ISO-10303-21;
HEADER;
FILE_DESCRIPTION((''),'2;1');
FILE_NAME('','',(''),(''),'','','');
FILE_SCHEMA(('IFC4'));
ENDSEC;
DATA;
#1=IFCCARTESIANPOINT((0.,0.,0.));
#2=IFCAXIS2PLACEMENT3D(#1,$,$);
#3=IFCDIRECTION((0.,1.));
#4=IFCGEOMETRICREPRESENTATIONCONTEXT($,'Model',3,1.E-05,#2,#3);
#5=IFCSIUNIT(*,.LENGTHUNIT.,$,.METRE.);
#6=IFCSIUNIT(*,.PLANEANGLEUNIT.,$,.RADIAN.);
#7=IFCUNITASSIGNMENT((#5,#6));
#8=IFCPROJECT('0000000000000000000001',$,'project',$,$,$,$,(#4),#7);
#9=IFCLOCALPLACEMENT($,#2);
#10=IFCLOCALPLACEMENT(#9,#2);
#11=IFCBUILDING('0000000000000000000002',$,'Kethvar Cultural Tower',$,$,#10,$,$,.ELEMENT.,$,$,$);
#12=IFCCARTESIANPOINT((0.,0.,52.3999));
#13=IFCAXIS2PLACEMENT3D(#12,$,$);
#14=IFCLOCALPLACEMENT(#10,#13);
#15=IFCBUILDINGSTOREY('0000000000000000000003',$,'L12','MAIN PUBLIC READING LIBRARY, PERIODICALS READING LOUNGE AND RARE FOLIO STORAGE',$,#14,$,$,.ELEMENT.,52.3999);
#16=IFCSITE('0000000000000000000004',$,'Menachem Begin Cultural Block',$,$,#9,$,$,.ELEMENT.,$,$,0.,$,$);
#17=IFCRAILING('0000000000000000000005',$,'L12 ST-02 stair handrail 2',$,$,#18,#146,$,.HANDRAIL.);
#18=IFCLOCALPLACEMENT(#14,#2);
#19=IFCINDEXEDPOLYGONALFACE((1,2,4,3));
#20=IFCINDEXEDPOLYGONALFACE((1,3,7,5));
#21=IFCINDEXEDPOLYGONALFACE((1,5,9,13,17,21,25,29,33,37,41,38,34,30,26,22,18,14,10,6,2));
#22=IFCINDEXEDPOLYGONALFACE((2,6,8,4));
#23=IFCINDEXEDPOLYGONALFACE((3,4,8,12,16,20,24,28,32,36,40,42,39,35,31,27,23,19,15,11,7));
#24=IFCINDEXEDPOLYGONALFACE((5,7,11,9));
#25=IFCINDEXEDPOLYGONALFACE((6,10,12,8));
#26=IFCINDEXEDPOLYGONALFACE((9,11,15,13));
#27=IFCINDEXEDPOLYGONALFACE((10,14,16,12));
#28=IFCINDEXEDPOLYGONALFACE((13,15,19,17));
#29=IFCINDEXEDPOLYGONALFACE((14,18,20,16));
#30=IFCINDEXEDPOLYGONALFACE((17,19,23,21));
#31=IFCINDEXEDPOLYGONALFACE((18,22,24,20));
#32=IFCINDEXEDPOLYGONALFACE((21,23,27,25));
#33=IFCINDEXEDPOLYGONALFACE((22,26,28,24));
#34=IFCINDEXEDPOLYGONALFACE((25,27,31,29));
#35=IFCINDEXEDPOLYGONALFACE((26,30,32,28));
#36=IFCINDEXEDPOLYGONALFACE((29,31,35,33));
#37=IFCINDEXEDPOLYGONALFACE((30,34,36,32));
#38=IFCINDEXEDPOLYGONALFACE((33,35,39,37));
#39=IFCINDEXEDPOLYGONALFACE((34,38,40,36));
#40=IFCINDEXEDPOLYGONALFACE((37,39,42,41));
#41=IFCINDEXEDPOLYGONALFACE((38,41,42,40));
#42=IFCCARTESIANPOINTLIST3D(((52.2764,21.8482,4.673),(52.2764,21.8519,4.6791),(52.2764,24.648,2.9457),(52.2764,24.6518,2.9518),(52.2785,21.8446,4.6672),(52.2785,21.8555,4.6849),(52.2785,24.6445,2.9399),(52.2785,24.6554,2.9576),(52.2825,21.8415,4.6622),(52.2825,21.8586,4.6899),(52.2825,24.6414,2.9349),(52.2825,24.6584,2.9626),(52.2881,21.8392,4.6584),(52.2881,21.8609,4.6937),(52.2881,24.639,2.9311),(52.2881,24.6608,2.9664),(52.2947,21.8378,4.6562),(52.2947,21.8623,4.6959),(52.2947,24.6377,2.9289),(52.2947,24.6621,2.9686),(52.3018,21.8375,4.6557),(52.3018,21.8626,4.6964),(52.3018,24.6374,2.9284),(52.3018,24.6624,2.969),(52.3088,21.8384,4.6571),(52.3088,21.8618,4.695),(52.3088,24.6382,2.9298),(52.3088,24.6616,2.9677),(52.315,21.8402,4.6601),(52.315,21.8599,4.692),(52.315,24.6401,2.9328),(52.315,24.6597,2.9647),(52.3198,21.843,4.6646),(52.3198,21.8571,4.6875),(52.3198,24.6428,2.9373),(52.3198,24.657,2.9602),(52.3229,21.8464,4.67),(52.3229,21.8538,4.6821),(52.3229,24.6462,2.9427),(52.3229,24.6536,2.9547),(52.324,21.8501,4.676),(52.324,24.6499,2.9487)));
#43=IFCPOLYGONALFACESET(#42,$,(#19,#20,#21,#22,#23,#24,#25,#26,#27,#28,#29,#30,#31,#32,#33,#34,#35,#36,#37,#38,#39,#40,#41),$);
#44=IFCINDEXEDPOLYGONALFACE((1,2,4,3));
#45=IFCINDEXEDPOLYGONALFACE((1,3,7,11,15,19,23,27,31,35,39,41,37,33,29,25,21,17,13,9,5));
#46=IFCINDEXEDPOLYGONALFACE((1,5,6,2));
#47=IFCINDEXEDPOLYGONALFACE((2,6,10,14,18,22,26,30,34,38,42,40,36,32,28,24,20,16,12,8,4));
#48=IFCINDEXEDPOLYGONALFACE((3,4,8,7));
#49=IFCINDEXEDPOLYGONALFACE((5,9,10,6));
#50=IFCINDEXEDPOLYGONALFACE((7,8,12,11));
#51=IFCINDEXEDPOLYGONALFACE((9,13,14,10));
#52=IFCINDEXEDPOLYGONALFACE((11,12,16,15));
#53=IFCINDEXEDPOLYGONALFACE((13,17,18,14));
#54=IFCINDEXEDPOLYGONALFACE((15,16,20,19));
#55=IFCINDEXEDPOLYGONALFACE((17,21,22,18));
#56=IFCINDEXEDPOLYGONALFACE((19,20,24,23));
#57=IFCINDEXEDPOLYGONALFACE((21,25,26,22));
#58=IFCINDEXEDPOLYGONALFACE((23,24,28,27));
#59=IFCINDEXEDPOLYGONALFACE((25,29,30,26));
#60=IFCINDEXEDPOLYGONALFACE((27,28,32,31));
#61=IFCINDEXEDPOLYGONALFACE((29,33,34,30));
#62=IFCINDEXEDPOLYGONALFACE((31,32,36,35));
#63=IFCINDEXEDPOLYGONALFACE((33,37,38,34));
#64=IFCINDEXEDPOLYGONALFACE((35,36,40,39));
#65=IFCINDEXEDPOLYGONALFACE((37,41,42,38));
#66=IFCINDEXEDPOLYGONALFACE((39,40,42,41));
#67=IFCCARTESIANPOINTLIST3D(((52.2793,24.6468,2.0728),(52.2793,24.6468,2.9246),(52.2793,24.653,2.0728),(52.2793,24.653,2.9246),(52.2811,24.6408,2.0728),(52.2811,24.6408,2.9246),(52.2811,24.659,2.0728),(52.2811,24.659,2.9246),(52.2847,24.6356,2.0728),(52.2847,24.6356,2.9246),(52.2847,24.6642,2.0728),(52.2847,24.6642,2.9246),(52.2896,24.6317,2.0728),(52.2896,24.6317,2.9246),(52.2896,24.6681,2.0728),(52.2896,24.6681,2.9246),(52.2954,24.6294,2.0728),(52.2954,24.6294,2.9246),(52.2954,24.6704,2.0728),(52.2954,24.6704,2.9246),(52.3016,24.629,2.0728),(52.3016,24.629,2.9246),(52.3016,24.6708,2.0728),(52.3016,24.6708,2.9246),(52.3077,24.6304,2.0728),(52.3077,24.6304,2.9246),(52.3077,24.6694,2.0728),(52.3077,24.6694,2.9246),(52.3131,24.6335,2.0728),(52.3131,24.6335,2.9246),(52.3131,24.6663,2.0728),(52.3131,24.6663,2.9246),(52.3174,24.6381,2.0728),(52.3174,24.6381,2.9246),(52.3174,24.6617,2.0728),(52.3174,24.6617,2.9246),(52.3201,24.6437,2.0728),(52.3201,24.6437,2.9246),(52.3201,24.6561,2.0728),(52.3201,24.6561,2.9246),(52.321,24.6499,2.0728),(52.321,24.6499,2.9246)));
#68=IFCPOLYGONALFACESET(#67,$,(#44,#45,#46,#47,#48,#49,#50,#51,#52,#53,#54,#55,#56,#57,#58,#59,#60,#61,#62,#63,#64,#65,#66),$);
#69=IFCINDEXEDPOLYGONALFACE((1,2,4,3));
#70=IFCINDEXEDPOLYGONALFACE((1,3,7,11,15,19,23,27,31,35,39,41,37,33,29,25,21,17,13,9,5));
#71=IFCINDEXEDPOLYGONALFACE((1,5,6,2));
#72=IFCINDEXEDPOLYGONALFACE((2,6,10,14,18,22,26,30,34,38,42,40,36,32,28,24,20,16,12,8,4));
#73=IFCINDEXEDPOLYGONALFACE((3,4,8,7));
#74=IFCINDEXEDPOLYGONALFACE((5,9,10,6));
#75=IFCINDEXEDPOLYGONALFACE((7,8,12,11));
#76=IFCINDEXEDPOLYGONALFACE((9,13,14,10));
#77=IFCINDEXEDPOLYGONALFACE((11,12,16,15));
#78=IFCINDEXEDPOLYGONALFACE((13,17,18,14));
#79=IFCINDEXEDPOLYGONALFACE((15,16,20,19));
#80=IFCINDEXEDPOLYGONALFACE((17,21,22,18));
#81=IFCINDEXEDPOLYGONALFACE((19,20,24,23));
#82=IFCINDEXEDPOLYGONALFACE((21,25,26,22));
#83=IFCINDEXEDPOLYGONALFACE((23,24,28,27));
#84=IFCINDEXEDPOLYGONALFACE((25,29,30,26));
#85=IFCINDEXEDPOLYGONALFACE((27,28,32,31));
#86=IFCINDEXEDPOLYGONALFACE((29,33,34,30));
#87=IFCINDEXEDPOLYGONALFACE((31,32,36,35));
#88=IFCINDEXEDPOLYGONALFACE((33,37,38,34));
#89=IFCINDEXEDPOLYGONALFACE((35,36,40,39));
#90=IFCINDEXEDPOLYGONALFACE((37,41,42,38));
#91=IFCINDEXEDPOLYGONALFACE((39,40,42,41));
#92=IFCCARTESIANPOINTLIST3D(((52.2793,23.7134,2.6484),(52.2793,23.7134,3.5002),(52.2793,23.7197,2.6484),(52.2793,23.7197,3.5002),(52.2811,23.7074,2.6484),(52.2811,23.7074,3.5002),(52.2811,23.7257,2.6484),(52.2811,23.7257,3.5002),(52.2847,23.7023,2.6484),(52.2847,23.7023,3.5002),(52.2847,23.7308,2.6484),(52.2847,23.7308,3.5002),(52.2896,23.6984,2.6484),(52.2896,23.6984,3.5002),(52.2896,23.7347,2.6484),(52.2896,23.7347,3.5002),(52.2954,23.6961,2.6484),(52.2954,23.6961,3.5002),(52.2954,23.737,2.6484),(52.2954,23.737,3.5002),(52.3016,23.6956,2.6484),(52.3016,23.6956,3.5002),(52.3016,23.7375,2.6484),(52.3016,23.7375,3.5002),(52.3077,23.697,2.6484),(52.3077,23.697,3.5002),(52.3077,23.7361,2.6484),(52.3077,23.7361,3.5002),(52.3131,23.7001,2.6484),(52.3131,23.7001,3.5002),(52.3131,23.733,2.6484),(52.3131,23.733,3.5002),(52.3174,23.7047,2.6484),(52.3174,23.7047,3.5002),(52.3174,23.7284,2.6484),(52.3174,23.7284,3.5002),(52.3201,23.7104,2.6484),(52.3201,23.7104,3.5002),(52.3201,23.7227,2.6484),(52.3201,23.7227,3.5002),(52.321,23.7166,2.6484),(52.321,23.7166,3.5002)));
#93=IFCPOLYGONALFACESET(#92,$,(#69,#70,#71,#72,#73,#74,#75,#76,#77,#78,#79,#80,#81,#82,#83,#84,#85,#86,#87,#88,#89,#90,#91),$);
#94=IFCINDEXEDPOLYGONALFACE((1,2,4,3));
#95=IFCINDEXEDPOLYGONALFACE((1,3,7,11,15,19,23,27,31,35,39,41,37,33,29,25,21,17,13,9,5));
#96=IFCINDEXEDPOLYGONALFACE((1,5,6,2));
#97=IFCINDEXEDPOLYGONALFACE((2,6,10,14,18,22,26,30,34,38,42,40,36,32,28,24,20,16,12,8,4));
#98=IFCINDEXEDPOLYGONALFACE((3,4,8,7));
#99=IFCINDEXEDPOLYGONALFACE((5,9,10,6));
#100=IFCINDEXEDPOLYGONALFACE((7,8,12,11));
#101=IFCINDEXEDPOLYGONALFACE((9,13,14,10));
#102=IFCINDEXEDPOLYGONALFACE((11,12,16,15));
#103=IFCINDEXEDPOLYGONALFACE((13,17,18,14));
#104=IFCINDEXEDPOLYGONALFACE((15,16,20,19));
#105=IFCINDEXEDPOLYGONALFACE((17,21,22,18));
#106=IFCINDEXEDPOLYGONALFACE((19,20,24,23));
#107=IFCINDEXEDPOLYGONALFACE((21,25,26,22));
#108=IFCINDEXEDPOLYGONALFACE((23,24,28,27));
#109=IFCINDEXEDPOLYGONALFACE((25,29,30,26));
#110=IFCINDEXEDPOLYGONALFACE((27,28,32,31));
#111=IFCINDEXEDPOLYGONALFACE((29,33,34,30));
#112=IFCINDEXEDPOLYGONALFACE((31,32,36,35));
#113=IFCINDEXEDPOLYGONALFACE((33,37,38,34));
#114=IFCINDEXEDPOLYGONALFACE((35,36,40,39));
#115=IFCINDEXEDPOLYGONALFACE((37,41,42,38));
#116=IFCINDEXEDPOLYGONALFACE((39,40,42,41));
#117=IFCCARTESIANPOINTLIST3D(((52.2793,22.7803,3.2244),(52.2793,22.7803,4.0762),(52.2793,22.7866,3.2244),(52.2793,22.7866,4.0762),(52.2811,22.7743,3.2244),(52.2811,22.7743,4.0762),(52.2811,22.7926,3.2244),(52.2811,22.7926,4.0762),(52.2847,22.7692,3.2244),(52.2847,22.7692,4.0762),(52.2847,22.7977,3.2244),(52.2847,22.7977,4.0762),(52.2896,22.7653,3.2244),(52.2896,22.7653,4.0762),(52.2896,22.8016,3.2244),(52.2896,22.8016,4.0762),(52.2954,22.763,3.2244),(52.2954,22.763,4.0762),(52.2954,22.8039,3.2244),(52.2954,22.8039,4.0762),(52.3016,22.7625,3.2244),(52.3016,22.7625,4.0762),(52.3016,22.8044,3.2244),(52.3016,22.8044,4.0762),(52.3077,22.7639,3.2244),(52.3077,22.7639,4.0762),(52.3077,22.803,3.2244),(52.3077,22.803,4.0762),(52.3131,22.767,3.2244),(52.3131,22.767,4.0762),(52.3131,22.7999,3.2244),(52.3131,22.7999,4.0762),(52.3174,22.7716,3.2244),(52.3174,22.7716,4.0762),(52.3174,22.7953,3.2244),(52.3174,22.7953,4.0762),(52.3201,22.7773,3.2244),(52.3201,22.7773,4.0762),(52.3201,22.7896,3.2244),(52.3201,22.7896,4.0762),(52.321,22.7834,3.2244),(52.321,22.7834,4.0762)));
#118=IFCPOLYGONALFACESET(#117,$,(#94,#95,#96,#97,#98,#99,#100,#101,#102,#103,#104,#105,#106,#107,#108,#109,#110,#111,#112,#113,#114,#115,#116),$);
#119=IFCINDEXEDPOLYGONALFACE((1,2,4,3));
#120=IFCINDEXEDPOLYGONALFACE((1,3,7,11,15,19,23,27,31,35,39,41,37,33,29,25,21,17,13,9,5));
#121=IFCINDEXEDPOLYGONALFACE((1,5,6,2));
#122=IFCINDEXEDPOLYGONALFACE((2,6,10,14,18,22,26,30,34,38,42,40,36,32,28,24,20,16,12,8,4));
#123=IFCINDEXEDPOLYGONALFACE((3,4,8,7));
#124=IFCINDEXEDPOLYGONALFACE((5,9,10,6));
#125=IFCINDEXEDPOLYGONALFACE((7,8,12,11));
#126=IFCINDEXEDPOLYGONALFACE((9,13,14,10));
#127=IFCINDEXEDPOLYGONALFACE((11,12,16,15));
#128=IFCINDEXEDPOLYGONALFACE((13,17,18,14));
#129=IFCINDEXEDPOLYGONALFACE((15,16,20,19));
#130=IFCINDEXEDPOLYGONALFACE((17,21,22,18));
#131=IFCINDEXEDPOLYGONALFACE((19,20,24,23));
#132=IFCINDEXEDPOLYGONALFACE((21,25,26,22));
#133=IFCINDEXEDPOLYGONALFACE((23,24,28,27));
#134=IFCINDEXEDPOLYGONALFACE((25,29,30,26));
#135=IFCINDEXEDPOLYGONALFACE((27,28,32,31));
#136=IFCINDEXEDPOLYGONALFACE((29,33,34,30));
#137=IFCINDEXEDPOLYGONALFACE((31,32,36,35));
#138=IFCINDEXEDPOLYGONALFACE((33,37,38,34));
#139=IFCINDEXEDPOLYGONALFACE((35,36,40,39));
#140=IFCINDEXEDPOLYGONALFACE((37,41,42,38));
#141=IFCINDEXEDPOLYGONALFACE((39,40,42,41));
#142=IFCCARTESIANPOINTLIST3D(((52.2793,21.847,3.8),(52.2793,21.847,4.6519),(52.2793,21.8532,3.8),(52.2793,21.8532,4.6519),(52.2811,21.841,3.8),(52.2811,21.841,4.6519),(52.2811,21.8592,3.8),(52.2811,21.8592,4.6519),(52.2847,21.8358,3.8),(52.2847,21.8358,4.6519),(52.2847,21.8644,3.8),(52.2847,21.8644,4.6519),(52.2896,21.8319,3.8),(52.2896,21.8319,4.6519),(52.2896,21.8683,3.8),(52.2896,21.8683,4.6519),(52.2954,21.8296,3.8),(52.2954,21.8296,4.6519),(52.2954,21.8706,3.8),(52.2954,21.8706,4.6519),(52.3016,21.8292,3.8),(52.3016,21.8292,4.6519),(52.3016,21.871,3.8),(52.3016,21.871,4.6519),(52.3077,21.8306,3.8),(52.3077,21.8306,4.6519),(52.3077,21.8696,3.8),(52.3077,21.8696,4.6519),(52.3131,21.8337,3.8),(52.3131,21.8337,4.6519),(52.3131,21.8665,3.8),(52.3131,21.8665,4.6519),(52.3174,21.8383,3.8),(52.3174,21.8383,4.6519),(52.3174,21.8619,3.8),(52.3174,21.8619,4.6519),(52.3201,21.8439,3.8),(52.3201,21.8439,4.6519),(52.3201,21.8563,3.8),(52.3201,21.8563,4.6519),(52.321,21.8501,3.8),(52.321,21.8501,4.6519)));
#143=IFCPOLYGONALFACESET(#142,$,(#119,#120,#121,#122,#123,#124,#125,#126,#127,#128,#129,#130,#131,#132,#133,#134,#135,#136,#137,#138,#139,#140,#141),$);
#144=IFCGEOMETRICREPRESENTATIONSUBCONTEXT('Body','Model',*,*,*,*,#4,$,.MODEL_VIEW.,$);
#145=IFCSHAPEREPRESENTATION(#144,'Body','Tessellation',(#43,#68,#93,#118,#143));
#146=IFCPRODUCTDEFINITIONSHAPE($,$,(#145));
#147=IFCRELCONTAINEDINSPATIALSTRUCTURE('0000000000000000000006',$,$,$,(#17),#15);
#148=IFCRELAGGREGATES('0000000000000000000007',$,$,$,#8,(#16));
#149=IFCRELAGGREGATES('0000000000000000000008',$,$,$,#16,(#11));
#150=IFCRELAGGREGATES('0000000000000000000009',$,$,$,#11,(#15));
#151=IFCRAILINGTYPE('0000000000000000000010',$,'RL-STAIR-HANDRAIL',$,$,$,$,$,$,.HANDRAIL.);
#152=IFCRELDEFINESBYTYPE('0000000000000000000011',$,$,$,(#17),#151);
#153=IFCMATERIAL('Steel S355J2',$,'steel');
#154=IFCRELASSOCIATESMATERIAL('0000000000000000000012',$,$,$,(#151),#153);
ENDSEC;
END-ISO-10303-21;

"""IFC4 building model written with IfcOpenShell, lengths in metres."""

from ifc_helpers import new_model, si_unit, direction, frame, origin, origin_2d, place, context, subcontext, project, spatial, circle, extrude, material, type_object, element, save


model = new_model("IFC4")

# Units and contexts
model_context = context("Model", 3, precision=1e-05, world=origin(), true_north=direction((0.0, 1.0)))
body_context = subcontext(model_context, "Body", "Model", "MODEL_VIEW")
ifc_project = project(units=[si_unit("LENGTHUNIT", "METRE"), si_unit("PLANEANGLEUNIT", "RADIAN")], contexts=[model_context])

# Site, building, storey
site_placement = place(None, origin())
site = spatial("IfcSite", under=ifc_project, at=site_placement, Name="Menachem Begin Cultural Block", CompositionType="ELEMENT", RefElevation=0.0)
building_placement = place(site_placement, origin())
building = spatial("IfcBuilding", under=site, at=building_placement, Name="Kethvar Cultural Tower", CompositionType="ELEMENT")
storey_placement = place(building_placement, frame((0.0, 0.0, 52.3999)))
storey = spatial("IfcBuildingStorey", under=building, at=storey_placement, Name="L12", Description="MAIN PUBLIC READING LIBRARY, PERIODICALS READING LOUNGE AND RARE FOLIO STORAGE", CompositionType="ELEMENT", Elevation=52.3999)

# Shared definitions
ifc_material_1 = material(Name="Steel S355J2", Category="steel")

# Railing
railing_type_1 = type_object("IfcRailingType", Name="RL-STAIR-HANDRAIL", PredefinedType="HANDRAIL", material=ifc_material_1)
railing_1_placement = place(storey_placement, frame((52.3, 24.6499, 2.0728)))
element("IfcRailing", 1, at=railing_1_placement, inside=storey, type_object=railing_type_1, Name="L12 ST-02 stair handrail 2", PredefinedType="HANDRAIL", context=body_context, shape_type="SweptSolid", body=[
    extrude(circle(Radius=0.0239, at=origin_2d()), frame((0.0, 0.0, 0.876), z_axis=(0.0, -0.851069, 0.525054), x_axis=(1.0, 0.0, 0.0)), (0.0, 0.0, 1.0), 3.2898),
    extrude(circle(Radius=0.021, at=origin_2d()), origin(), (0.0, 0.0, 1.0), 0.8518),
    extrude(circle(Radius=0.021, at=origin_2d()), frame((0.0, -0.9333, 0.5757)), (0.0, 0.0, 1.0), 0.8518),
    extrude(circle(Radius=0.021, at=origin_2d()), frame((0.0, -1.8665, 1.1516)), (0.0, 0.0, 1.0), 0.8518),
    extrude(circle(Radius=0.021, at=origin_2d()), frame((0.0, -2.7998, 1.7273)), (0.0, 0.0, 1.0), 0.8518),
])

save(model, "model.ifc")
